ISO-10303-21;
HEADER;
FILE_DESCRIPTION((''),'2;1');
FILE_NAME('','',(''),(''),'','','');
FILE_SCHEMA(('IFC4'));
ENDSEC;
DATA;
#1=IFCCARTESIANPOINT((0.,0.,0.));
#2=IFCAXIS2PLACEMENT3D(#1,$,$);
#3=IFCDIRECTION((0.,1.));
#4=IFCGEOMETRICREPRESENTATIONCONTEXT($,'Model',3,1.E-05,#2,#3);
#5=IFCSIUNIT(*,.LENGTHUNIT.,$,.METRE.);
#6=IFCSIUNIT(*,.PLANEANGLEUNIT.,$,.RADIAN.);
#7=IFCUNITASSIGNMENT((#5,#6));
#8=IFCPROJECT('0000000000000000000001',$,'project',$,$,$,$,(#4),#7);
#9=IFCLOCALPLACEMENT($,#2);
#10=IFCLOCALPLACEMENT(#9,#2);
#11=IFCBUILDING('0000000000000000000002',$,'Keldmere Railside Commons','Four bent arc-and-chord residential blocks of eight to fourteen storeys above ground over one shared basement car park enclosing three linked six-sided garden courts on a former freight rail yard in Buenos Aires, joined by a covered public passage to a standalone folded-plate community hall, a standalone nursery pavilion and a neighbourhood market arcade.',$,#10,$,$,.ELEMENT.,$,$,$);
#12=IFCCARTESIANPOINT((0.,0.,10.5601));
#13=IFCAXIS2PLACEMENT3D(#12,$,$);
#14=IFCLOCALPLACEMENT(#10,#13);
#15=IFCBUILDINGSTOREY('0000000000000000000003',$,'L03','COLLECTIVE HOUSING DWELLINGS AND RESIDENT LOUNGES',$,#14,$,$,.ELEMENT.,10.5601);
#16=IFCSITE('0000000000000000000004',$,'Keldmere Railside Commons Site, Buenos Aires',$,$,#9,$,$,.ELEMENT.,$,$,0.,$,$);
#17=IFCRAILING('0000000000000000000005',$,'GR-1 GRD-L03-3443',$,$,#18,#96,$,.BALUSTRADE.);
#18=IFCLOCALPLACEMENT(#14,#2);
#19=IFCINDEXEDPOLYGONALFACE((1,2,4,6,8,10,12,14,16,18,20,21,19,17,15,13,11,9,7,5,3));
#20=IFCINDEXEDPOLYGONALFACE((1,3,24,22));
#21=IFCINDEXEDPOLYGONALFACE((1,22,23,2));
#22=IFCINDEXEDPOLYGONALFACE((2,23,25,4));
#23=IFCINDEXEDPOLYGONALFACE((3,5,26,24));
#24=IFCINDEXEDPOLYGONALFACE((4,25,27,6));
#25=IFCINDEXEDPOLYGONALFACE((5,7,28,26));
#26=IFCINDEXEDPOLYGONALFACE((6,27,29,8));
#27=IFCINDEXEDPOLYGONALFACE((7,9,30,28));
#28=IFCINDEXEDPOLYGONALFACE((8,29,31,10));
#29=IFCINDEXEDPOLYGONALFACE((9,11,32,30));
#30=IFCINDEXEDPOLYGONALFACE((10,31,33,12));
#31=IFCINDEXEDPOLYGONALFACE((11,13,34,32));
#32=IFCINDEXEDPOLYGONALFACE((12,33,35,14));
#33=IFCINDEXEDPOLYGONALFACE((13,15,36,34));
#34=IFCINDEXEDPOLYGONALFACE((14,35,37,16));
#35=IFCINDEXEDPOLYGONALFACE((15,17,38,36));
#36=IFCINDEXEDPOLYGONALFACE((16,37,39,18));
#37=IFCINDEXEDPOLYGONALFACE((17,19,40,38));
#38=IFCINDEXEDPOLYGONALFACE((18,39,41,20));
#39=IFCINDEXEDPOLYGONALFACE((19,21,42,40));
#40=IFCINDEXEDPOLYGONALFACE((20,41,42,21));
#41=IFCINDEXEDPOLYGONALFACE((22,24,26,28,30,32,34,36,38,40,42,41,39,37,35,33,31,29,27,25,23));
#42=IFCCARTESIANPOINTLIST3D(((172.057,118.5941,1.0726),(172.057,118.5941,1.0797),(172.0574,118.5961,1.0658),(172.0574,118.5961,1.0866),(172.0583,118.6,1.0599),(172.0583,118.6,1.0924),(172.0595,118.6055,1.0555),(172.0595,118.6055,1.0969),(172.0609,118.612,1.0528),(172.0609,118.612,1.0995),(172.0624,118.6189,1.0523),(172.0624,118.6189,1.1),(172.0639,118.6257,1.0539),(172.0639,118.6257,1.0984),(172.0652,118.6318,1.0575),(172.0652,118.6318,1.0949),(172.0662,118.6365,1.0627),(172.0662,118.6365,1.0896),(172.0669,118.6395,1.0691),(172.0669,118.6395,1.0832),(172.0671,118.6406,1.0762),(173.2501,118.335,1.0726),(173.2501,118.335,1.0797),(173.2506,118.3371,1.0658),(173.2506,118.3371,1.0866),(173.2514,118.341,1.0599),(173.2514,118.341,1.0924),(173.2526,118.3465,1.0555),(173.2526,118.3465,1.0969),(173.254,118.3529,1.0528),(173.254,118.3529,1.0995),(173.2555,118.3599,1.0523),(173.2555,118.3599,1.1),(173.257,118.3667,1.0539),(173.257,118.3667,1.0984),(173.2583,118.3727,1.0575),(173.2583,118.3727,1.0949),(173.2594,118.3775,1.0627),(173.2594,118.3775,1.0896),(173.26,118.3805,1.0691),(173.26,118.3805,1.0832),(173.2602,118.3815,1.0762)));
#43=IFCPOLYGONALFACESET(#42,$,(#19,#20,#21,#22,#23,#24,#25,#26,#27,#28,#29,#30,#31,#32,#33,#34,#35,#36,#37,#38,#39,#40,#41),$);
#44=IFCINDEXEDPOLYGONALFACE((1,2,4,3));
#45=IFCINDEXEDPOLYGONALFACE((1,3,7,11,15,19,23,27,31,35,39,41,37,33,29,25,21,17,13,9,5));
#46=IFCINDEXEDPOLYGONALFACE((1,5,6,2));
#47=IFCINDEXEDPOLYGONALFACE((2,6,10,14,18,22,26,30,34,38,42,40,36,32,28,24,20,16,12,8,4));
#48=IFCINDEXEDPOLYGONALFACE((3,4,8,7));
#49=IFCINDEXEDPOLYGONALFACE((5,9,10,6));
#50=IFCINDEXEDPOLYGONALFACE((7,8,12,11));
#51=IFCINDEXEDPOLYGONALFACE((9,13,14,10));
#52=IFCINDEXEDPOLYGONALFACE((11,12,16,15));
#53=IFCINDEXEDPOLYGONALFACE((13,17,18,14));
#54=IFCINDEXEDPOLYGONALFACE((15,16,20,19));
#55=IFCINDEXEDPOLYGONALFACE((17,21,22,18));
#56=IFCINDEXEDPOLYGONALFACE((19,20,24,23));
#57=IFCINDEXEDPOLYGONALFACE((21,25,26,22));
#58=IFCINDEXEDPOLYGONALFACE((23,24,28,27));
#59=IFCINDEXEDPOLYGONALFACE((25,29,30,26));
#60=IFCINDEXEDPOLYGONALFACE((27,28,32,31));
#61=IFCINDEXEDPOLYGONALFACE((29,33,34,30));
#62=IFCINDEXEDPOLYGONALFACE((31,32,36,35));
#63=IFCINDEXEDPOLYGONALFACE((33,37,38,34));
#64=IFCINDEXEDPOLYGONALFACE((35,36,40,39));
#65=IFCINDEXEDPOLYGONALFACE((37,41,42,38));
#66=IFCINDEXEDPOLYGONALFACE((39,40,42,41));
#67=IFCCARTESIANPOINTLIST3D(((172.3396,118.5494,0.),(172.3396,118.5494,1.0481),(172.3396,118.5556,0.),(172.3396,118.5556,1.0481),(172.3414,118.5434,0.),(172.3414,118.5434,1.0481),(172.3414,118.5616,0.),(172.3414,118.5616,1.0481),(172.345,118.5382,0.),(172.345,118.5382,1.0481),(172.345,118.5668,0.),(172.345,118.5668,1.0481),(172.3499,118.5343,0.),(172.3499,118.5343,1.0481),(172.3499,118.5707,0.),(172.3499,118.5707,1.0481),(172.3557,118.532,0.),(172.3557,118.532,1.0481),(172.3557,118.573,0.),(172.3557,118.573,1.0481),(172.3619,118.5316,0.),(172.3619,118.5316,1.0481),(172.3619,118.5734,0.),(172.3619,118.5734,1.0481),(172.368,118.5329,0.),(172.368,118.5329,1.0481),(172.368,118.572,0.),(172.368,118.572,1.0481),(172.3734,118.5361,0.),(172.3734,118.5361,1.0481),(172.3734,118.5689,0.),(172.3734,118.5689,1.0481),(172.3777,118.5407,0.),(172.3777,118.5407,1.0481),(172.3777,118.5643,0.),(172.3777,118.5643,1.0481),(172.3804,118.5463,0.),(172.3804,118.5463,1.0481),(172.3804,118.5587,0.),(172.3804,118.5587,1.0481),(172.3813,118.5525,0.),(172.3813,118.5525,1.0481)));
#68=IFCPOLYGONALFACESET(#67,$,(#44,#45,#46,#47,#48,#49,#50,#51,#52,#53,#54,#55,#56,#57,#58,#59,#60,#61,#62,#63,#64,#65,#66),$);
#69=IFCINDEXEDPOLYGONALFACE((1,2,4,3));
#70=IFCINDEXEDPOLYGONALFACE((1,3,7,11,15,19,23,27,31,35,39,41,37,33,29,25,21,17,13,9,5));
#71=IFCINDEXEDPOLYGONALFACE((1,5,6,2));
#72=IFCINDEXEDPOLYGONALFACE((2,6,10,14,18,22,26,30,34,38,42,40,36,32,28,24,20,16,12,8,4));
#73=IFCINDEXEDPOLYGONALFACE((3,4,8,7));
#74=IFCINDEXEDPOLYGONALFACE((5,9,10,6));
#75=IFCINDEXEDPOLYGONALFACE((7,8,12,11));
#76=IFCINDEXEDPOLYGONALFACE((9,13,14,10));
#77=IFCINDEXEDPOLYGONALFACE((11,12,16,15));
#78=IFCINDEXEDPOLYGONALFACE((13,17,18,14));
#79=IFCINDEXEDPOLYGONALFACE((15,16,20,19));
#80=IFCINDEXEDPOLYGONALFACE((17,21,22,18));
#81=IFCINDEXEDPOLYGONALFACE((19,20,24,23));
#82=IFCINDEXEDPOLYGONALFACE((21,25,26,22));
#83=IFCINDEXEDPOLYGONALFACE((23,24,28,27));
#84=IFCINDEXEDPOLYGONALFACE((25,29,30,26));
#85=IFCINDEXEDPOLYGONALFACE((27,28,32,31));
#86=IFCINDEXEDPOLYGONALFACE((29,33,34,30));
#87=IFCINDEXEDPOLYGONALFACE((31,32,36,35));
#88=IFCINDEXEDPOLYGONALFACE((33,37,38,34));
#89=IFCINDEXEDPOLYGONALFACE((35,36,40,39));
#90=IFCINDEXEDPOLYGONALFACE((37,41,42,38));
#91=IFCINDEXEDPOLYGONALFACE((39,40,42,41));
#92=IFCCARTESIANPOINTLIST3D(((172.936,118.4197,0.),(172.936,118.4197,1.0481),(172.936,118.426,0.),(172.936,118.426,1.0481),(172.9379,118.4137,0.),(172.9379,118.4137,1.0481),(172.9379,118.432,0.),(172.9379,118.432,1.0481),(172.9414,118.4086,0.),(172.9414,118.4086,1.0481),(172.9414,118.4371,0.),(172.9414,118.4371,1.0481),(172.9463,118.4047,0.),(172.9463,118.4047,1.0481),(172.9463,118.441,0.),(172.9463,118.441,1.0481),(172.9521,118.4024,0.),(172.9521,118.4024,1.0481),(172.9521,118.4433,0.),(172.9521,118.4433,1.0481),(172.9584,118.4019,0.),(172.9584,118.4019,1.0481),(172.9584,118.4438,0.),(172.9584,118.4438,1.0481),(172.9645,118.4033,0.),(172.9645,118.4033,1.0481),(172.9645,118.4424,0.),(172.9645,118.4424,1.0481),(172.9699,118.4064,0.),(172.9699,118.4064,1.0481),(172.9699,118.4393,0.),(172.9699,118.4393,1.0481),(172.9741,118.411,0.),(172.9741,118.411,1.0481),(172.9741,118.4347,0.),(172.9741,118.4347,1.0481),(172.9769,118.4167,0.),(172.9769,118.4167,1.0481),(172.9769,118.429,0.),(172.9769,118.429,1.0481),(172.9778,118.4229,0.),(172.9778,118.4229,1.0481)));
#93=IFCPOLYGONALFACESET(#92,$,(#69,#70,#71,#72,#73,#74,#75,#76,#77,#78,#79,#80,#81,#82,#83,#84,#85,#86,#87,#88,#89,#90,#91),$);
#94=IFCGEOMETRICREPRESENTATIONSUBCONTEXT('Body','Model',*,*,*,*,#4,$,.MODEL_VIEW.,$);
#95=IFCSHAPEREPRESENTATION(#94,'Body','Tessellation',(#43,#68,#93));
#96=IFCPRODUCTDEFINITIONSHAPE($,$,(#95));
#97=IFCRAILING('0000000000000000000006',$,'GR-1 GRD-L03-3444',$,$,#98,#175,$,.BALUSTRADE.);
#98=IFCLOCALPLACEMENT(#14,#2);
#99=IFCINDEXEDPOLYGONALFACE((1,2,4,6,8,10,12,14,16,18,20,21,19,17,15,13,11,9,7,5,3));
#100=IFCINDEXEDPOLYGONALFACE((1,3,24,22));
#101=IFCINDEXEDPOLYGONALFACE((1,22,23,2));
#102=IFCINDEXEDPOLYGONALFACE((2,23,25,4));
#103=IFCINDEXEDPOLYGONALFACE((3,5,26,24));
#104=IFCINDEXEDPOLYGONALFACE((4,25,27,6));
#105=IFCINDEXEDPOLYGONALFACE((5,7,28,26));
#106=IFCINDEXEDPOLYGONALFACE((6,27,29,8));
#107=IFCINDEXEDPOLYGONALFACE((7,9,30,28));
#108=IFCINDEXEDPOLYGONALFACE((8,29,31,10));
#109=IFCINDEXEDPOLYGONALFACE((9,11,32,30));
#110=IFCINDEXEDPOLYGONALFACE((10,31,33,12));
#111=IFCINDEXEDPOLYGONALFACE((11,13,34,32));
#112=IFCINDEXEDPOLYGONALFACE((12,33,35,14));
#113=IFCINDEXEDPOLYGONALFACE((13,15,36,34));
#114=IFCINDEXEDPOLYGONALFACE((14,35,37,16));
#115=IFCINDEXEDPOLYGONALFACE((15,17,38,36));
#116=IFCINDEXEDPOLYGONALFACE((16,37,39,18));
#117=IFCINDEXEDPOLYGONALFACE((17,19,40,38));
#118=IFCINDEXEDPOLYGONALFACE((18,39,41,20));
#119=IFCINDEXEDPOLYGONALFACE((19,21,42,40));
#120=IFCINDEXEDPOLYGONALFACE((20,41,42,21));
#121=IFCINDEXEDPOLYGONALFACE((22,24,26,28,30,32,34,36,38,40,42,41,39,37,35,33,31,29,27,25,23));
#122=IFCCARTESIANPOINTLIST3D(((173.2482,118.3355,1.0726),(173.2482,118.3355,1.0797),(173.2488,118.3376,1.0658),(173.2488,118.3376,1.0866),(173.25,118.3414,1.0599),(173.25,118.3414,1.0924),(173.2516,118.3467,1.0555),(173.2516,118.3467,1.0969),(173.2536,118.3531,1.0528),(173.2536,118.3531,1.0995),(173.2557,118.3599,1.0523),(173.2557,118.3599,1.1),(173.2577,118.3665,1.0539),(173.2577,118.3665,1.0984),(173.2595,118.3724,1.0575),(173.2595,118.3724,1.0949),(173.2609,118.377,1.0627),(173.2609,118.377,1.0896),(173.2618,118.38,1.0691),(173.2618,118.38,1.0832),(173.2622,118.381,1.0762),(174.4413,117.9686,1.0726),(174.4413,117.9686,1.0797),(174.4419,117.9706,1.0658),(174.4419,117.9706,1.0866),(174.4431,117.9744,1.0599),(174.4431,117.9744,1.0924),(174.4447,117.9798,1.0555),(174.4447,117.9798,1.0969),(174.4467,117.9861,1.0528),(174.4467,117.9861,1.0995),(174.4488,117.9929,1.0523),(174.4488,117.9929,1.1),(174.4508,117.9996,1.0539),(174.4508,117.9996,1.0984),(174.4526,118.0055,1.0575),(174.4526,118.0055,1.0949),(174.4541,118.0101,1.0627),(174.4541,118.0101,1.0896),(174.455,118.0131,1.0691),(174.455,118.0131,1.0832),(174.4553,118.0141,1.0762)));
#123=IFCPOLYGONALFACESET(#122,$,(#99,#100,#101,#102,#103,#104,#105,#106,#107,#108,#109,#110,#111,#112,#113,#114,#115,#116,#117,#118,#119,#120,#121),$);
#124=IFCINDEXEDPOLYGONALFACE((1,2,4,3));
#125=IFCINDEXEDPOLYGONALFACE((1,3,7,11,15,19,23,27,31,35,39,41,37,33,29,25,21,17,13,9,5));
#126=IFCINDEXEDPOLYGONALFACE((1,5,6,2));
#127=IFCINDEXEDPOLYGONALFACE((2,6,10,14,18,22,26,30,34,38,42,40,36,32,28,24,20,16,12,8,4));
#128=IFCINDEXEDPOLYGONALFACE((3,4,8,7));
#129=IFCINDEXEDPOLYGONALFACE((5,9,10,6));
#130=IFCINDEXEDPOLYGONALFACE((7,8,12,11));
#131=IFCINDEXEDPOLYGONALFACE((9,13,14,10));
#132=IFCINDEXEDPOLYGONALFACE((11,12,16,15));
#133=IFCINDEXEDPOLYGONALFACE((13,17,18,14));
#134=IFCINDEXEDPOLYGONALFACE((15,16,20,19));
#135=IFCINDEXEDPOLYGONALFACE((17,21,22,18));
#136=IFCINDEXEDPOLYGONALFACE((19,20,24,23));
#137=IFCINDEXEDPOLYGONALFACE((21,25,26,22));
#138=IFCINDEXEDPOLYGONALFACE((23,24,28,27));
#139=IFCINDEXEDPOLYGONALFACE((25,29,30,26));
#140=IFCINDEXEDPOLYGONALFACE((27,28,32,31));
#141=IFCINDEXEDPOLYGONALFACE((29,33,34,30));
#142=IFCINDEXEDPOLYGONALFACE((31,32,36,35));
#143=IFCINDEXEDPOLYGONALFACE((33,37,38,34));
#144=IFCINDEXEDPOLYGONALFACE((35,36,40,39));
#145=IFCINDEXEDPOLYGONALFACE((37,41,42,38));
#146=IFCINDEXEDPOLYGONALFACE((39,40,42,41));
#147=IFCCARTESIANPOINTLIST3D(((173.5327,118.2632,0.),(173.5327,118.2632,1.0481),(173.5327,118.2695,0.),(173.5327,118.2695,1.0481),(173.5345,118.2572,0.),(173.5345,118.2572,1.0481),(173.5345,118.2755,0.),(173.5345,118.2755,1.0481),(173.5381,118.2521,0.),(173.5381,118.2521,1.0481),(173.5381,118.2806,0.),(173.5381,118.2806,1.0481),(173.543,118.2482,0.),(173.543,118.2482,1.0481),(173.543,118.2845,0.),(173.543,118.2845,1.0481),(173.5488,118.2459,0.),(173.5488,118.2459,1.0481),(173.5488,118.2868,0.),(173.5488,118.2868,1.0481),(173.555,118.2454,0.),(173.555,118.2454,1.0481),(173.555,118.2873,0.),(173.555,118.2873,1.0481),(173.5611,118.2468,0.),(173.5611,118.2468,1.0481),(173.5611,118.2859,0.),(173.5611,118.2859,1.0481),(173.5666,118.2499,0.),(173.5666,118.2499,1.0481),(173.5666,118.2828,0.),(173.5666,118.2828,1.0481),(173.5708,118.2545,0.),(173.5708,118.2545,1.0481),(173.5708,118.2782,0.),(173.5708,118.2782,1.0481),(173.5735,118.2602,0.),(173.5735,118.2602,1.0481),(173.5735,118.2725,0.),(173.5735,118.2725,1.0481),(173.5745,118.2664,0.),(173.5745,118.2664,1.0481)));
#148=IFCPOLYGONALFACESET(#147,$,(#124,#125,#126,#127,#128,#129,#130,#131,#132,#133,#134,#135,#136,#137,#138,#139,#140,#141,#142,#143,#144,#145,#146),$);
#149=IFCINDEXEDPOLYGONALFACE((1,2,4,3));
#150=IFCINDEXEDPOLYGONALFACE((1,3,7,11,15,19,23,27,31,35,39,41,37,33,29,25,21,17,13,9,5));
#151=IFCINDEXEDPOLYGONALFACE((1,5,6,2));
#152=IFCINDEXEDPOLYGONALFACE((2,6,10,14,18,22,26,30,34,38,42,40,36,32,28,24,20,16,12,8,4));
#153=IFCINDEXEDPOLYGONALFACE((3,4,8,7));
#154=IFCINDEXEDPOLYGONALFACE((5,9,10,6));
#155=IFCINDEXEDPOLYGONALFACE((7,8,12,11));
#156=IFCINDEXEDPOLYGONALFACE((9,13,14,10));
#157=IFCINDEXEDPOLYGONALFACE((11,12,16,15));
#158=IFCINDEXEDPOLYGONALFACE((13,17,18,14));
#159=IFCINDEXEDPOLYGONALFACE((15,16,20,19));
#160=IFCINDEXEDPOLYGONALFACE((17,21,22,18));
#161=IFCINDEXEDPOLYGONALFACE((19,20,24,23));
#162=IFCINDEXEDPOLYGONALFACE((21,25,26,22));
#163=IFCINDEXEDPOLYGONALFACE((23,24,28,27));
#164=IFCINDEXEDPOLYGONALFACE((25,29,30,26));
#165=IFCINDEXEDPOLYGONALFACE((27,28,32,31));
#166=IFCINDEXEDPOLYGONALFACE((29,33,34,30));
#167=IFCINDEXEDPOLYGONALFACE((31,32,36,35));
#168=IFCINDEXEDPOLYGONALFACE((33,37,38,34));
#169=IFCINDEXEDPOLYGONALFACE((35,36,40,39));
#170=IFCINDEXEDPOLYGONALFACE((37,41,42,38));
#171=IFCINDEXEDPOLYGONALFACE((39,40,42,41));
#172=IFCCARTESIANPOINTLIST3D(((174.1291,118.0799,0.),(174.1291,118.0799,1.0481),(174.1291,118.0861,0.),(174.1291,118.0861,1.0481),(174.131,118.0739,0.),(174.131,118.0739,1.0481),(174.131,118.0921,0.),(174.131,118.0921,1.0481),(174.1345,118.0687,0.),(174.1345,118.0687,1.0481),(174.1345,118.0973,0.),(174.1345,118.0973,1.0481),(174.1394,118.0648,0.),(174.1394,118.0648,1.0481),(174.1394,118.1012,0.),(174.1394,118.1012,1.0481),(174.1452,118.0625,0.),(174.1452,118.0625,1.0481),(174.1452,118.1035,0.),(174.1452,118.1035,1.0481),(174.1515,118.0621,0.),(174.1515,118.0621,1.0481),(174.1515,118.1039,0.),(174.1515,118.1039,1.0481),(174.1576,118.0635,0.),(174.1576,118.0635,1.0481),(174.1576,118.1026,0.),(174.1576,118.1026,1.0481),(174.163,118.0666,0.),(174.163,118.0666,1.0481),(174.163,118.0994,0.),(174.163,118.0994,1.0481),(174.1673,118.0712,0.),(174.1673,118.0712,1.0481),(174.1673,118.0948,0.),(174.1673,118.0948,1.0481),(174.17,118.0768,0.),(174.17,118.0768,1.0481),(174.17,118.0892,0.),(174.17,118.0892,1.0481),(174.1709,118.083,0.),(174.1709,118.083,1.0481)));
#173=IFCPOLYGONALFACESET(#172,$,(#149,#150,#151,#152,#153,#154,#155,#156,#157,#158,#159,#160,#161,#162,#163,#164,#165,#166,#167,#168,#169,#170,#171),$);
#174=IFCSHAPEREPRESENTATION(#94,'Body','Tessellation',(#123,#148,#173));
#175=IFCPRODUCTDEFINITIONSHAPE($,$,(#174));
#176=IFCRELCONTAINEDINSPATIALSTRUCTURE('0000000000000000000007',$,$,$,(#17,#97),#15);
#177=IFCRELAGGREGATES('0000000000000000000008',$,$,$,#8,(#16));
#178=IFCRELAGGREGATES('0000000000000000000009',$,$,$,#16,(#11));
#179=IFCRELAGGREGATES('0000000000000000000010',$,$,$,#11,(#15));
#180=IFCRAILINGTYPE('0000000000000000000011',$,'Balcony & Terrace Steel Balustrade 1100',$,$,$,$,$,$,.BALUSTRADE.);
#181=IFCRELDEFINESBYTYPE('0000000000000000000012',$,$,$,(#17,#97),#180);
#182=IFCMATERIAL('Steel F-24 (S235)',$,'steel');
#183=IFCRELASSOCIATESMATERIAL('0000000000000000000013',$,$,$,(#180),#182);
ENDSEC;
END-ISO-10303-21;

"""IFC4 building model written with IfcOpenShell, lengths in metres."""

from ifc_helpers import new_model, si_unit, direction, frame, origin, origin_2d, place, context, subcontext, project, spatial, circle, extrude, material, type_object, element, save


model = new_model("IFC4")

# Units and contexts
model_context = context("Model", 3, precision=1e-05, world=origin(), true_north=direction((0.0, 1.0)))
body_context = subcontext(model_context, "Body", "Model", "MODEL_VIEW")
ifc_project = project(units=[si_unit("LENGTHUNIT", "METRE"), si_unit("PLANEANGLEUNIT", "RADIAN")], contexts=[model_context])

# Site, building, storey
site_placement = place(None, origin())
site = spatial("IfcSite", under=ifc_project, at=site_placement, Name="Keldmere Railside Commons Site, Buenos Aires", CompositionType="ELEMENT", RefElevation=0.0)
building_placement = place(site_placement, origin())
building = spatial("IfcBuilding", under=site, at=building_placement, Name="Keldmere Railside Commons", Description="Four bent arc-and-chord residential blocks of eight to fourteen storeys above ground over one shared basement car park enclosing three linked six-sided garden courts on a former freight rail yard in Buenos Aires, joined by a covered public passage to a standalone folded-plate community hall, a standalone nursery pavilion and a neighbourhood market arcade.", CompositionType="ELEMENT")
storey_placement = place(building_placement, frame((0.0, 0.0, 10.5601)))
storey = spatial("IfcBuildingStorey", under=building, at=storey_placement, Name="L03", Description="COLLECTIVE HOUSING DWELLINGS AND RESIDENT LOUNGES", CompositionType="ELEMENT", Elevation=10.5601)

# Railings
ifc_material_1 = material(Name="Steel F-24 (S235)", Category="steel")
railing_type = type_object("IfcRailingType", Name="Balcony & Terrace Steel Balustrade 1100", PredefinedType="BALUSTRADE", material=ifc_material_1)
railing_1_placement = place(storey_placement, frame((172.062, 118.6172, 0.0)))
element("IfcRailing", 1, at=railing_1_placement, inside=storey, type_object=railing_type, Name="GR-1 GRD-L03-3443", PredefinedType="BALUSTRADE", context=body_context, shape_type="SweptSolid", body=[
    extrude(circle(Radius=0.0239, at=origin_2d()), frame((0.0, 0.0, 1.0762), z_axis=(0.977234, -0.212164, 0.0), x_axis=(0.212164, 0.977234, 0.0)), (0.0, 0.0, 1.0), 1.2209),
    extrude(circle(Radius=0.021, at=origin_2d()), frame((0.2983, -0.0647, 0.0)), (0.0, 0.0, 1.0), 1.0481),
    extrude(circle(Radius=0.021, at=origin_2d()), frame((0.8948, -0.1943, 0.0)), (0.0, 0.0, 1.0), 1.0481),
])
railing_2_placement = place(storey_placement, frame((173.2551, 118.3582, 0.0)))
element("IfcRailing", 2, at=railing_2_placement, inside=storey, type_object=railing_type, Name="GR-1 GRD-L03-3444", PredefinedType="BALUSTRADE", context=body_context, shape_type="SweptSolid", body=[
    extrude(circle(Radius=0.0239, at=origin_2d()), frame((0.0, 0.0, 1.0762), z_axis=(0.955817, -0.293962, 0.0), x_axis=(0.293962, 0.955817, 0.0)), (0.0, 0.0, 1.0), 1.2483),
    extrude(circle(Radius=0.021, at=origin_2d()), frame((0.2983, -0.0918, 0.0)), (0.0, 0.0, 1.0), 1.0481),
    extrude(circle(Radius=0.021, at=origin_2d()), frame((0.8948, -0.2751, 0.0)), (0.0, 0.0, 1.0), 1.0481),
])

save(model, "model.ifc")
